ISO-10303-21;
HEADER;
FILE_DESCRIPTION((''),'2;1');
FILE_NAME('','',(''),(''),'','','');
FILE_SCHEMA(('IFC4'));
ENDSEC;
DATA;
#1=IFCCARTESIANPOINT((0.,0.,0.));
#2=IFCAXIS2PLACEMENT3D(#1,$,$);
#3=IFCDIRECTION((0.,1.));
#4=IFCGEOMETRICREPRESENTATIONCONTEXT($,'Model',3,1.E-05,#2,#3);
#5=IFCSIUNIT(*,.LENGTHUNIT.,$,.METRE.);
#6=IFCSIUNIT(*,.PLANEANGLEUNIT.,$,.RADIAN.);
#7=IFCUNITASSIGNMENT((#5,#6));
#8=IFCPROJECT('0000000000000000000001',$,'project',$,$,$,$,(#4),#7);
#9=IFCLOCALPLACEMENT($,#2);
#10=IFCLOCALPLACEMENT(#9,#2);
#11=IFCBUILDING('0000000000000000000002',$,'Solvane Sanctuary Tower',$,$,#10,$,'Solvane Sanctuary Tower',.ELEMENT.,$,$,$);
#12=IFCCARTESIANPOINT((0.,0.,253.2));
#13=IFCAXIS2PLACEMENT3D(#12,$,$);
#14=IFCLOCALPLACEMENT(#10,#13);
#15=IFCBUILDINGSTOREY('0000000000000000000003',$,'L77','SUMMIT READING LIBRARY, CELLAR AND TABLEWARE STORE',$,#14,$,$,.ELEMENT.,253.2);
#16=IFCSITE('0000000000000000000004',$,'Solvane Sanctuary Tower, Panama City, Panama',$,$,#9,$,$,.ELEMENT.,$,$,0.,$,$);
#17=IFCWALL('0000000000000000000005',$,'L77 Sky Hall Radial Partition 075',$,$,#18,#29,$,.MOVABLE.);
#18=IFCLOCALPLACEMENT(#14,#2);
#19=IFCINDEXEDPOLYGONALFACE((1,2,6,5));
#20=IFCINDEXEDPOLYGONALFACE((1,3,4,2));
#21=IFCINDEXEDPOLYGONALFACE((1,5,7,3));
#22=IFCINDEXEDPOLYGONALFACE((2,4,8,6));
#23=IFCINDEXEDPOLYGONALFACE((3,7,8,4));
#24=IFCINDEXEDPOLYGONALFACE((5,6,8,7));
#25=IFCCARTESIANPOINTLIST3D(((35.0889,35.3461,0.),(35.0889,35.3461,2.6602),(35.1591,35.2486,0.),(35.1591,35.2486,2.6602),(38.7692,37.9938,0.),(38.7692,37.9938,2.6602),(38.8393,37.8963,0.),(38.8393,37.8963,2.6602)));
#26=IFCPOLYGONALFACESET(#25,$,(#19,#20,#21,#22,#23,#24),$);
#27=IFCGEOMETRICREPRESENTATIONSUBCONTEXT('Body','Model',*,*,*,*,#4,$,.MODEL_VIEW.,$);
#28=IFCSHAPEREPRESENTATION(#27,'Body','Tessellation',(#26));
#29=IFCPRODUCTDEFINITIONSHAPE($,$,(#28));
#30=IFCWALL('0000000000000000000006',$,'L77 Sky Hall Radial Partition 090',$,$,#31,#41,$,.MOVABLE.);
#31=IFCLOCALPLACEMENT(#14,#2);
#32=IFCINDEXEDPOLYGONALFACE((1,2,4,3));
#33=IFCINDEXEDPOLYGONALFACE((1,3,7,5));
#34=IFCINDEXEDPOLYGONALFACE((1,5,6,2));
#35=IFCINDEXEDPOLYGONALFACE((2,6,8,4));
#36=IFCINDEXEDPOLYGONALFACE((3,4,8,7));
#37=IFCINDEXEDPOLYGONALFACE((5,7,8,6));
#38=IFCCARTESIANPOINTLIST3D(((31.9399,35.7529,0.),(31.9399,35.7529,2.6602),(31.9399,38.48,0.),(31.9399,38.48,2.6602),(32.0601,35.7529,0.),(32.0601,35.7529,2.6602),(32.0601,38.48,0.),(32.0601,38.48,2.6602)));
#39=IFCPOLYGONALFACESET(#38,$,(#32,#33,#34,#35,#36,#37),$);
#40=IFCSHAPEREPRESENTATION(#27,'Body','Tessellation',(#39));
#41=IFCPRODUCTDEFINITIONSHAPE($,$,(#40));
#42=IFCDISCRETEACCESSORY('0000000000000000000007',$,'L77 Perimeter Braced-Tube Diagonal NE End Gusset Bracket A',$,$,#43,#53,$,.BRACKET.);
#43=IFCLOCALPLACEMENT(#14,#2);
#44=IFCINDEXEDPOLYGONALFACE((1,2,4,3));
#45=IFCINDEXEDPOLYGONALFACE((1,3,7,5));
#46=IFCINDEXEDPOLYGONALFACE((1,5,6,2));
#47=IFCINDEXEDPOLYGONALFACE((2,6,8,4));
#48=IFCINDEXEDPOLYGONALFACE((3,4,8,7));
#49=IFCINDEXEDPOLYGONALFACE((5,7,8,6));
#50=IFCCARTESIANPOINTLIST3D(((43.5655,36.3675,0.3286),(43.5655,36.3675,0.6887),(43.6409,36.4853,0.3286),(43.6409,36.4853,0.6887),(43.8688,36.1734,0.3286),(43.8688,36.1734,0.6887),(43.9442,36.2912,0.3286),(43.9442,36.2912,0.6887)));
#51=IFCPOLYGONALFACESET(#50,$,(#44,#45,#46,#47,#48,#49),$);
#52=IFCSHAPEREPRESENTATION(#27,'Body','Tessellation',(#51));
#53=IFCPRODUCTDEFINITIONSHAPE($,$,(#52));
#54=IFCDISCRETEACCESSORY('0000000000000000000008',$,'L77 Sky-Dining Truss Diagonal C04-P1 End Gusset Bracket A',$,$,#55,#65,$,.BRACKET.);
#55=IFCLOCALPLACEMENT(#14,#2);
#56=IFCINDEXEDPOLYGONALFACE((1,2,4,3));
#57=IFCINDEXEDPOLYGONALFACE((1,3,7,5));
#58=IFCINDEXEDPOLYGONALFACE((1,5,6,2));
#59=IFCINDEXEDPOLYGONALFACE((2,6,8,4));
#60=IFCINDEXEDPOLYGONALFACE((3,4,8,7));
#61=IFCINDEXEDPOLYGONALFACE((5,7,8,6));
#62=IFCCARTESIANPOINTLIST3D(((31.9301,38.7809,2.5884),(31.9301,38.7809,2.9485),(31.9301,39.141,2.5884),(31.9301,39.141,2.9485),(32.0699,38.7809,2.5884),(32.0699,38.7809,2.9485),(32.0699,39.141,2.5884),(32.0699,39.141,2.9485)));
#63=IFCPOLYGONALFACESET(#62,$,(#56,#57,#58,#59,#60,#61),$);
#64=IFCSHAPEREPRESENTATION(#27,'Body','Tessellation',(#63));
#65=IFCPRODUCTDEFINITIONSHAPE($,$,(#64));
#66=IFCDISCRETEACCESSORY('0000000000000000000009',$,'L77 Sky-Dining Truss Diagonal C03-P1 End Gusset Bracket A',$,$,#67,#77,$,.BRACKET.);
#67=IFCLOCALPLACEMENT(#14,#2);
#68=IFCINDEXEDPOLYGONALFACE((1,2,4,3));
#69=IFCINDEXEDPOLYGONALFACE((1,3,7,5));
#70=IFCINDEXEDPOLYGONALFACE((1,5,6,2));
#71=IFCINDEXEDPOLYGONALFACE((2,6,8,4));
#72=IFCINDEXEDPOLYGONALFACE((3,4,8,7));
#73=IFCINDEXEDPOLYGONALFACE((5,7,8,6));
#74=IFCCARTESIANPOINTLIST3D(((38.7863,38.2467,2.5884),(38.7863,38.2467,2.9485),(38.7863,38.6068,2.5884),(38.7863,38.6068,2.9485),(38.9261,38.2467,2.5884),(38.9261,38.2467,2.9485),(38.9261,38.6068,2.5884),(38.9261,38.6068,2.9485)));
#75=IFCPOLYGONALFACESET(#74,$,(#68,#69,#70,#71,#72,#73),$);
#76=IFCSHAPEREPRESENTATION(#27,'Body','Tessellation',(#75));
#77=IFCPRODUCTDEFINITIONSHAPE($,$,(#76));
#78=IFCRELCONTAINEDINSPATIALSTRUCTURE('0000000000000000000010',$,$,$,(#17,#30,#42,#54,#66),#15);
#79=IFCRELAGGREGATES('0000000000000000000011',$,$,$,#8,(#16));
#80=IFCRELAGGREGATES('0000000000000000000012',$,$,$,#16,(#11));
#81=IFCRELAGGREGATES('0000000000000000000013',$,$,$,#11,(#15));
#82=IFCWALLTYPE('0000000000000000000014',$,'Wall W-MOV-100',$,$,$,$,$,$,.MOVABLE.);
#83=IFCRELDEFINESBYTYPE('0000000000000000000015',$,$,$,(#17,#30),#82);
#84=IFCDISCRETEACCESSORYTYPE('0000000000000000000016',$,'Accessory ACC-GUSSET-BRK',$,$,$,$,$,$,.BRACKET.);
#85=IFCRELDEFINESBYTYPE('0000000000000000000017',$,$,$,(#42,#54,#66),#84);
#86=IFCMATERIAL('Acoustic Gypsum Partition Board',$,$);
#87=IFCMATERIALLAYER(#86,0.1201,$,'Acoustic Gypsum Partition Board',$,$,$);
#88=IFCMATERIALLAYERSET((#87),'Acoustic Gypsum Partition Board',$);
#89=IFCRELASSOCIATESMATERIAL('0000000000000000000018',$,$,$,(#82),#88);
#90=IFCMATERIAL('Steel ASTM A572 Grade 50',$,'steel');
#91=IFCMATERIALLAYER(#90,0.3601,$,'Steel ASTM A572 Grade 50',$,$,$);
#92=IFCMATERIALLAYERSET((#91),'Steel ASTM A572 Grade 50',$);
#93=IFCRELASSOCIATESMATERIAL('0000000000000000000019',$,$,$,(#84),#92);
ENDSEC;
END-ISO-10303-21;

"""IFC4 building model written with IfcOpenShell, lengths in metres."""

from ifc_helpers import new_model, si_unit, direction, frame, frame_2d, origin, origin_2d, place, context, subcontext, project, spatial, rectangle, extrude, material, layer, layer_set, type_object, element, save


model = new_model("IFC4")

# Units and contexts
model_context = context("Model", 3, precision=1e-05, world=origin(), true_north=direction((0.0, 1.0)))
body_context = subcontext(model_context, "Body", "Model", "MODEL_VIEW")
ifc_project = project(units=[si_unit("LENGTHUNIT", "METRE"), si_unit("PLANEANGLEUNIT", "RADIAN")], contexts=[model_context])

# Site, building, storey
site_placement = place(None, origin())
site = spatial("IfcSite", under=ifc_project, at=site_placement, Name="Solvane Sanctuary Tower, Panama City, Panama", CompositionType="ELEMENT", RefElevation=0.0)
building_placement = place(site_placement, origin())
building = spatial("IfcBuilding", under=site, at=building_placement, Name="Solvane Sanctuary Tower", LongName="Solvane Sanctuary Tower", CompositionType="ELEMENT")
storey_placement = place(building_placement, frame((0.0, 0.0, 253.2)))
storey = spatial("IfcBuildingStorey", under=building, at=storey_placement, Name="L77", Description="SUMMIT READING LIBRARY, CELLAR AND TABLEWARE STORE", CompositionType="ELEMENT", Elevation=253.2)

# Shared definitions
ifc_material_1 = material(Name="Acoustic Gypsum Partition Board")

# Walls
ifc_layer_1 = layer(ifc_material_1, 0.1201, Name="Acoustic Gypsum Partition Board")
ifc_layer_set_1 = layer_set([ifc_layer_1], Name="Acoustic Gypsum Partition Board")
wall_type_1 = type_object("IfcWallType", Name="Wall W-MOV-100", PredefinedType="MOVABLE", material=ifc_layer_set_1)
wall_1_placement = place(storey_placement, frame((35.124, 35.2974, 0.0), z_axis=(0.0, 0.0, 1.0), x_axis=(0.811746, 0.584011, 0.0)))
element("IfcWall", 1, at=wall_1_placement, inside=storey, type_object=wall_type_1, Name="L77 Sky Hall Radial Partition 075", PredefinedType="MOVABLE", context=body_context, shape_type="SweptSolid", body=[
    extrude(rectangle(XDim=4.5337, YDim=0.1201, at=frame_2d((2.2668, 0.0))), origin(), (0.0, 0.0, 1.0), 2.6602),
])
wall_2_placement = place(storey_placement, frame((32.0, 35.7529, 0.0), z_axis=(0.0, 0.0, 1.0), x_axis=(0.0, 1.0, 0.0)))
element("IfcWall", 2, at=wall_2_placement, inside=storey, type_object=wall_type_1, Name="L77 Sky Hall Radial Partition 090", PredefinedType="MOVABLE", context=body_context, shape_type="SweptSolid", body=[
    extrude(rectangle(XDim=2.7271, YDim=0.1201, at=frame_2d((1.3635, 0.0))), origin(), (0.0, 0.0, 1.0), 2.6602),
])

# Discrete accessories
ifc_material_2 = material(Name="Steel ASTM A572 Grade 50", Category="steel")
ifc_layer_2 = layer(ifc_material_2, 0.3601, Name="Steel ASTM A572 Grade 50")
ifc_layer_set_2 = layer_set([ifc_layer_2], Name="Steel ASTM A572 Grade 50")
discrete_accessory_type = type_object("IfcDiscreteAccessoryType", Name="Accessory ACC-GUSSET-BRK", PredefinedType="BRACKET", material=ifc_layer_set_2)
for number, where, z_axis, x_axis, name in (
    (3, (43.7549, 36.3293, 0.3286), (0.0, 0.0, 1.0), (0.842264, -0.539065, 0.0), "L77 Perimeter Braced-Tube Diagonal NE End Gusset Bracket A"),
    (4, (32.0, 38.9609, 2.5884), (0.0, 0.0, 1.0), (0.0, 1.0, 0.0), "L77 Sky-Dining Truss Diagonal C04-P1 End Gusset Bracket A"),
    (5, (38.8562, 38.4268, 2.5884), (0.0, 0.0, 1.0), (0.0, 1.0, 0.0), "L77 Sky-Dining Truss Diagonal C03-P1 End Gusset Bracket A"),
):
    element("IfcDiscreteAccessory", number, at=place(storey_placement, frame(where, z_axis=z_axis, x_axis=x_axis)), inside=storey, type_object=discrete_accessory_type, Name=name, PredefinedType="BRACKET", context=body_context, shape_type="SweptSolid", body=[
        extrude(rectangle(XDim=0.3601, YDim=0.1399, at=origin_2d()), origin(), (0.0, 0.0, 1.0), 0.3601),
    ])

save(model, "model.ifc")
